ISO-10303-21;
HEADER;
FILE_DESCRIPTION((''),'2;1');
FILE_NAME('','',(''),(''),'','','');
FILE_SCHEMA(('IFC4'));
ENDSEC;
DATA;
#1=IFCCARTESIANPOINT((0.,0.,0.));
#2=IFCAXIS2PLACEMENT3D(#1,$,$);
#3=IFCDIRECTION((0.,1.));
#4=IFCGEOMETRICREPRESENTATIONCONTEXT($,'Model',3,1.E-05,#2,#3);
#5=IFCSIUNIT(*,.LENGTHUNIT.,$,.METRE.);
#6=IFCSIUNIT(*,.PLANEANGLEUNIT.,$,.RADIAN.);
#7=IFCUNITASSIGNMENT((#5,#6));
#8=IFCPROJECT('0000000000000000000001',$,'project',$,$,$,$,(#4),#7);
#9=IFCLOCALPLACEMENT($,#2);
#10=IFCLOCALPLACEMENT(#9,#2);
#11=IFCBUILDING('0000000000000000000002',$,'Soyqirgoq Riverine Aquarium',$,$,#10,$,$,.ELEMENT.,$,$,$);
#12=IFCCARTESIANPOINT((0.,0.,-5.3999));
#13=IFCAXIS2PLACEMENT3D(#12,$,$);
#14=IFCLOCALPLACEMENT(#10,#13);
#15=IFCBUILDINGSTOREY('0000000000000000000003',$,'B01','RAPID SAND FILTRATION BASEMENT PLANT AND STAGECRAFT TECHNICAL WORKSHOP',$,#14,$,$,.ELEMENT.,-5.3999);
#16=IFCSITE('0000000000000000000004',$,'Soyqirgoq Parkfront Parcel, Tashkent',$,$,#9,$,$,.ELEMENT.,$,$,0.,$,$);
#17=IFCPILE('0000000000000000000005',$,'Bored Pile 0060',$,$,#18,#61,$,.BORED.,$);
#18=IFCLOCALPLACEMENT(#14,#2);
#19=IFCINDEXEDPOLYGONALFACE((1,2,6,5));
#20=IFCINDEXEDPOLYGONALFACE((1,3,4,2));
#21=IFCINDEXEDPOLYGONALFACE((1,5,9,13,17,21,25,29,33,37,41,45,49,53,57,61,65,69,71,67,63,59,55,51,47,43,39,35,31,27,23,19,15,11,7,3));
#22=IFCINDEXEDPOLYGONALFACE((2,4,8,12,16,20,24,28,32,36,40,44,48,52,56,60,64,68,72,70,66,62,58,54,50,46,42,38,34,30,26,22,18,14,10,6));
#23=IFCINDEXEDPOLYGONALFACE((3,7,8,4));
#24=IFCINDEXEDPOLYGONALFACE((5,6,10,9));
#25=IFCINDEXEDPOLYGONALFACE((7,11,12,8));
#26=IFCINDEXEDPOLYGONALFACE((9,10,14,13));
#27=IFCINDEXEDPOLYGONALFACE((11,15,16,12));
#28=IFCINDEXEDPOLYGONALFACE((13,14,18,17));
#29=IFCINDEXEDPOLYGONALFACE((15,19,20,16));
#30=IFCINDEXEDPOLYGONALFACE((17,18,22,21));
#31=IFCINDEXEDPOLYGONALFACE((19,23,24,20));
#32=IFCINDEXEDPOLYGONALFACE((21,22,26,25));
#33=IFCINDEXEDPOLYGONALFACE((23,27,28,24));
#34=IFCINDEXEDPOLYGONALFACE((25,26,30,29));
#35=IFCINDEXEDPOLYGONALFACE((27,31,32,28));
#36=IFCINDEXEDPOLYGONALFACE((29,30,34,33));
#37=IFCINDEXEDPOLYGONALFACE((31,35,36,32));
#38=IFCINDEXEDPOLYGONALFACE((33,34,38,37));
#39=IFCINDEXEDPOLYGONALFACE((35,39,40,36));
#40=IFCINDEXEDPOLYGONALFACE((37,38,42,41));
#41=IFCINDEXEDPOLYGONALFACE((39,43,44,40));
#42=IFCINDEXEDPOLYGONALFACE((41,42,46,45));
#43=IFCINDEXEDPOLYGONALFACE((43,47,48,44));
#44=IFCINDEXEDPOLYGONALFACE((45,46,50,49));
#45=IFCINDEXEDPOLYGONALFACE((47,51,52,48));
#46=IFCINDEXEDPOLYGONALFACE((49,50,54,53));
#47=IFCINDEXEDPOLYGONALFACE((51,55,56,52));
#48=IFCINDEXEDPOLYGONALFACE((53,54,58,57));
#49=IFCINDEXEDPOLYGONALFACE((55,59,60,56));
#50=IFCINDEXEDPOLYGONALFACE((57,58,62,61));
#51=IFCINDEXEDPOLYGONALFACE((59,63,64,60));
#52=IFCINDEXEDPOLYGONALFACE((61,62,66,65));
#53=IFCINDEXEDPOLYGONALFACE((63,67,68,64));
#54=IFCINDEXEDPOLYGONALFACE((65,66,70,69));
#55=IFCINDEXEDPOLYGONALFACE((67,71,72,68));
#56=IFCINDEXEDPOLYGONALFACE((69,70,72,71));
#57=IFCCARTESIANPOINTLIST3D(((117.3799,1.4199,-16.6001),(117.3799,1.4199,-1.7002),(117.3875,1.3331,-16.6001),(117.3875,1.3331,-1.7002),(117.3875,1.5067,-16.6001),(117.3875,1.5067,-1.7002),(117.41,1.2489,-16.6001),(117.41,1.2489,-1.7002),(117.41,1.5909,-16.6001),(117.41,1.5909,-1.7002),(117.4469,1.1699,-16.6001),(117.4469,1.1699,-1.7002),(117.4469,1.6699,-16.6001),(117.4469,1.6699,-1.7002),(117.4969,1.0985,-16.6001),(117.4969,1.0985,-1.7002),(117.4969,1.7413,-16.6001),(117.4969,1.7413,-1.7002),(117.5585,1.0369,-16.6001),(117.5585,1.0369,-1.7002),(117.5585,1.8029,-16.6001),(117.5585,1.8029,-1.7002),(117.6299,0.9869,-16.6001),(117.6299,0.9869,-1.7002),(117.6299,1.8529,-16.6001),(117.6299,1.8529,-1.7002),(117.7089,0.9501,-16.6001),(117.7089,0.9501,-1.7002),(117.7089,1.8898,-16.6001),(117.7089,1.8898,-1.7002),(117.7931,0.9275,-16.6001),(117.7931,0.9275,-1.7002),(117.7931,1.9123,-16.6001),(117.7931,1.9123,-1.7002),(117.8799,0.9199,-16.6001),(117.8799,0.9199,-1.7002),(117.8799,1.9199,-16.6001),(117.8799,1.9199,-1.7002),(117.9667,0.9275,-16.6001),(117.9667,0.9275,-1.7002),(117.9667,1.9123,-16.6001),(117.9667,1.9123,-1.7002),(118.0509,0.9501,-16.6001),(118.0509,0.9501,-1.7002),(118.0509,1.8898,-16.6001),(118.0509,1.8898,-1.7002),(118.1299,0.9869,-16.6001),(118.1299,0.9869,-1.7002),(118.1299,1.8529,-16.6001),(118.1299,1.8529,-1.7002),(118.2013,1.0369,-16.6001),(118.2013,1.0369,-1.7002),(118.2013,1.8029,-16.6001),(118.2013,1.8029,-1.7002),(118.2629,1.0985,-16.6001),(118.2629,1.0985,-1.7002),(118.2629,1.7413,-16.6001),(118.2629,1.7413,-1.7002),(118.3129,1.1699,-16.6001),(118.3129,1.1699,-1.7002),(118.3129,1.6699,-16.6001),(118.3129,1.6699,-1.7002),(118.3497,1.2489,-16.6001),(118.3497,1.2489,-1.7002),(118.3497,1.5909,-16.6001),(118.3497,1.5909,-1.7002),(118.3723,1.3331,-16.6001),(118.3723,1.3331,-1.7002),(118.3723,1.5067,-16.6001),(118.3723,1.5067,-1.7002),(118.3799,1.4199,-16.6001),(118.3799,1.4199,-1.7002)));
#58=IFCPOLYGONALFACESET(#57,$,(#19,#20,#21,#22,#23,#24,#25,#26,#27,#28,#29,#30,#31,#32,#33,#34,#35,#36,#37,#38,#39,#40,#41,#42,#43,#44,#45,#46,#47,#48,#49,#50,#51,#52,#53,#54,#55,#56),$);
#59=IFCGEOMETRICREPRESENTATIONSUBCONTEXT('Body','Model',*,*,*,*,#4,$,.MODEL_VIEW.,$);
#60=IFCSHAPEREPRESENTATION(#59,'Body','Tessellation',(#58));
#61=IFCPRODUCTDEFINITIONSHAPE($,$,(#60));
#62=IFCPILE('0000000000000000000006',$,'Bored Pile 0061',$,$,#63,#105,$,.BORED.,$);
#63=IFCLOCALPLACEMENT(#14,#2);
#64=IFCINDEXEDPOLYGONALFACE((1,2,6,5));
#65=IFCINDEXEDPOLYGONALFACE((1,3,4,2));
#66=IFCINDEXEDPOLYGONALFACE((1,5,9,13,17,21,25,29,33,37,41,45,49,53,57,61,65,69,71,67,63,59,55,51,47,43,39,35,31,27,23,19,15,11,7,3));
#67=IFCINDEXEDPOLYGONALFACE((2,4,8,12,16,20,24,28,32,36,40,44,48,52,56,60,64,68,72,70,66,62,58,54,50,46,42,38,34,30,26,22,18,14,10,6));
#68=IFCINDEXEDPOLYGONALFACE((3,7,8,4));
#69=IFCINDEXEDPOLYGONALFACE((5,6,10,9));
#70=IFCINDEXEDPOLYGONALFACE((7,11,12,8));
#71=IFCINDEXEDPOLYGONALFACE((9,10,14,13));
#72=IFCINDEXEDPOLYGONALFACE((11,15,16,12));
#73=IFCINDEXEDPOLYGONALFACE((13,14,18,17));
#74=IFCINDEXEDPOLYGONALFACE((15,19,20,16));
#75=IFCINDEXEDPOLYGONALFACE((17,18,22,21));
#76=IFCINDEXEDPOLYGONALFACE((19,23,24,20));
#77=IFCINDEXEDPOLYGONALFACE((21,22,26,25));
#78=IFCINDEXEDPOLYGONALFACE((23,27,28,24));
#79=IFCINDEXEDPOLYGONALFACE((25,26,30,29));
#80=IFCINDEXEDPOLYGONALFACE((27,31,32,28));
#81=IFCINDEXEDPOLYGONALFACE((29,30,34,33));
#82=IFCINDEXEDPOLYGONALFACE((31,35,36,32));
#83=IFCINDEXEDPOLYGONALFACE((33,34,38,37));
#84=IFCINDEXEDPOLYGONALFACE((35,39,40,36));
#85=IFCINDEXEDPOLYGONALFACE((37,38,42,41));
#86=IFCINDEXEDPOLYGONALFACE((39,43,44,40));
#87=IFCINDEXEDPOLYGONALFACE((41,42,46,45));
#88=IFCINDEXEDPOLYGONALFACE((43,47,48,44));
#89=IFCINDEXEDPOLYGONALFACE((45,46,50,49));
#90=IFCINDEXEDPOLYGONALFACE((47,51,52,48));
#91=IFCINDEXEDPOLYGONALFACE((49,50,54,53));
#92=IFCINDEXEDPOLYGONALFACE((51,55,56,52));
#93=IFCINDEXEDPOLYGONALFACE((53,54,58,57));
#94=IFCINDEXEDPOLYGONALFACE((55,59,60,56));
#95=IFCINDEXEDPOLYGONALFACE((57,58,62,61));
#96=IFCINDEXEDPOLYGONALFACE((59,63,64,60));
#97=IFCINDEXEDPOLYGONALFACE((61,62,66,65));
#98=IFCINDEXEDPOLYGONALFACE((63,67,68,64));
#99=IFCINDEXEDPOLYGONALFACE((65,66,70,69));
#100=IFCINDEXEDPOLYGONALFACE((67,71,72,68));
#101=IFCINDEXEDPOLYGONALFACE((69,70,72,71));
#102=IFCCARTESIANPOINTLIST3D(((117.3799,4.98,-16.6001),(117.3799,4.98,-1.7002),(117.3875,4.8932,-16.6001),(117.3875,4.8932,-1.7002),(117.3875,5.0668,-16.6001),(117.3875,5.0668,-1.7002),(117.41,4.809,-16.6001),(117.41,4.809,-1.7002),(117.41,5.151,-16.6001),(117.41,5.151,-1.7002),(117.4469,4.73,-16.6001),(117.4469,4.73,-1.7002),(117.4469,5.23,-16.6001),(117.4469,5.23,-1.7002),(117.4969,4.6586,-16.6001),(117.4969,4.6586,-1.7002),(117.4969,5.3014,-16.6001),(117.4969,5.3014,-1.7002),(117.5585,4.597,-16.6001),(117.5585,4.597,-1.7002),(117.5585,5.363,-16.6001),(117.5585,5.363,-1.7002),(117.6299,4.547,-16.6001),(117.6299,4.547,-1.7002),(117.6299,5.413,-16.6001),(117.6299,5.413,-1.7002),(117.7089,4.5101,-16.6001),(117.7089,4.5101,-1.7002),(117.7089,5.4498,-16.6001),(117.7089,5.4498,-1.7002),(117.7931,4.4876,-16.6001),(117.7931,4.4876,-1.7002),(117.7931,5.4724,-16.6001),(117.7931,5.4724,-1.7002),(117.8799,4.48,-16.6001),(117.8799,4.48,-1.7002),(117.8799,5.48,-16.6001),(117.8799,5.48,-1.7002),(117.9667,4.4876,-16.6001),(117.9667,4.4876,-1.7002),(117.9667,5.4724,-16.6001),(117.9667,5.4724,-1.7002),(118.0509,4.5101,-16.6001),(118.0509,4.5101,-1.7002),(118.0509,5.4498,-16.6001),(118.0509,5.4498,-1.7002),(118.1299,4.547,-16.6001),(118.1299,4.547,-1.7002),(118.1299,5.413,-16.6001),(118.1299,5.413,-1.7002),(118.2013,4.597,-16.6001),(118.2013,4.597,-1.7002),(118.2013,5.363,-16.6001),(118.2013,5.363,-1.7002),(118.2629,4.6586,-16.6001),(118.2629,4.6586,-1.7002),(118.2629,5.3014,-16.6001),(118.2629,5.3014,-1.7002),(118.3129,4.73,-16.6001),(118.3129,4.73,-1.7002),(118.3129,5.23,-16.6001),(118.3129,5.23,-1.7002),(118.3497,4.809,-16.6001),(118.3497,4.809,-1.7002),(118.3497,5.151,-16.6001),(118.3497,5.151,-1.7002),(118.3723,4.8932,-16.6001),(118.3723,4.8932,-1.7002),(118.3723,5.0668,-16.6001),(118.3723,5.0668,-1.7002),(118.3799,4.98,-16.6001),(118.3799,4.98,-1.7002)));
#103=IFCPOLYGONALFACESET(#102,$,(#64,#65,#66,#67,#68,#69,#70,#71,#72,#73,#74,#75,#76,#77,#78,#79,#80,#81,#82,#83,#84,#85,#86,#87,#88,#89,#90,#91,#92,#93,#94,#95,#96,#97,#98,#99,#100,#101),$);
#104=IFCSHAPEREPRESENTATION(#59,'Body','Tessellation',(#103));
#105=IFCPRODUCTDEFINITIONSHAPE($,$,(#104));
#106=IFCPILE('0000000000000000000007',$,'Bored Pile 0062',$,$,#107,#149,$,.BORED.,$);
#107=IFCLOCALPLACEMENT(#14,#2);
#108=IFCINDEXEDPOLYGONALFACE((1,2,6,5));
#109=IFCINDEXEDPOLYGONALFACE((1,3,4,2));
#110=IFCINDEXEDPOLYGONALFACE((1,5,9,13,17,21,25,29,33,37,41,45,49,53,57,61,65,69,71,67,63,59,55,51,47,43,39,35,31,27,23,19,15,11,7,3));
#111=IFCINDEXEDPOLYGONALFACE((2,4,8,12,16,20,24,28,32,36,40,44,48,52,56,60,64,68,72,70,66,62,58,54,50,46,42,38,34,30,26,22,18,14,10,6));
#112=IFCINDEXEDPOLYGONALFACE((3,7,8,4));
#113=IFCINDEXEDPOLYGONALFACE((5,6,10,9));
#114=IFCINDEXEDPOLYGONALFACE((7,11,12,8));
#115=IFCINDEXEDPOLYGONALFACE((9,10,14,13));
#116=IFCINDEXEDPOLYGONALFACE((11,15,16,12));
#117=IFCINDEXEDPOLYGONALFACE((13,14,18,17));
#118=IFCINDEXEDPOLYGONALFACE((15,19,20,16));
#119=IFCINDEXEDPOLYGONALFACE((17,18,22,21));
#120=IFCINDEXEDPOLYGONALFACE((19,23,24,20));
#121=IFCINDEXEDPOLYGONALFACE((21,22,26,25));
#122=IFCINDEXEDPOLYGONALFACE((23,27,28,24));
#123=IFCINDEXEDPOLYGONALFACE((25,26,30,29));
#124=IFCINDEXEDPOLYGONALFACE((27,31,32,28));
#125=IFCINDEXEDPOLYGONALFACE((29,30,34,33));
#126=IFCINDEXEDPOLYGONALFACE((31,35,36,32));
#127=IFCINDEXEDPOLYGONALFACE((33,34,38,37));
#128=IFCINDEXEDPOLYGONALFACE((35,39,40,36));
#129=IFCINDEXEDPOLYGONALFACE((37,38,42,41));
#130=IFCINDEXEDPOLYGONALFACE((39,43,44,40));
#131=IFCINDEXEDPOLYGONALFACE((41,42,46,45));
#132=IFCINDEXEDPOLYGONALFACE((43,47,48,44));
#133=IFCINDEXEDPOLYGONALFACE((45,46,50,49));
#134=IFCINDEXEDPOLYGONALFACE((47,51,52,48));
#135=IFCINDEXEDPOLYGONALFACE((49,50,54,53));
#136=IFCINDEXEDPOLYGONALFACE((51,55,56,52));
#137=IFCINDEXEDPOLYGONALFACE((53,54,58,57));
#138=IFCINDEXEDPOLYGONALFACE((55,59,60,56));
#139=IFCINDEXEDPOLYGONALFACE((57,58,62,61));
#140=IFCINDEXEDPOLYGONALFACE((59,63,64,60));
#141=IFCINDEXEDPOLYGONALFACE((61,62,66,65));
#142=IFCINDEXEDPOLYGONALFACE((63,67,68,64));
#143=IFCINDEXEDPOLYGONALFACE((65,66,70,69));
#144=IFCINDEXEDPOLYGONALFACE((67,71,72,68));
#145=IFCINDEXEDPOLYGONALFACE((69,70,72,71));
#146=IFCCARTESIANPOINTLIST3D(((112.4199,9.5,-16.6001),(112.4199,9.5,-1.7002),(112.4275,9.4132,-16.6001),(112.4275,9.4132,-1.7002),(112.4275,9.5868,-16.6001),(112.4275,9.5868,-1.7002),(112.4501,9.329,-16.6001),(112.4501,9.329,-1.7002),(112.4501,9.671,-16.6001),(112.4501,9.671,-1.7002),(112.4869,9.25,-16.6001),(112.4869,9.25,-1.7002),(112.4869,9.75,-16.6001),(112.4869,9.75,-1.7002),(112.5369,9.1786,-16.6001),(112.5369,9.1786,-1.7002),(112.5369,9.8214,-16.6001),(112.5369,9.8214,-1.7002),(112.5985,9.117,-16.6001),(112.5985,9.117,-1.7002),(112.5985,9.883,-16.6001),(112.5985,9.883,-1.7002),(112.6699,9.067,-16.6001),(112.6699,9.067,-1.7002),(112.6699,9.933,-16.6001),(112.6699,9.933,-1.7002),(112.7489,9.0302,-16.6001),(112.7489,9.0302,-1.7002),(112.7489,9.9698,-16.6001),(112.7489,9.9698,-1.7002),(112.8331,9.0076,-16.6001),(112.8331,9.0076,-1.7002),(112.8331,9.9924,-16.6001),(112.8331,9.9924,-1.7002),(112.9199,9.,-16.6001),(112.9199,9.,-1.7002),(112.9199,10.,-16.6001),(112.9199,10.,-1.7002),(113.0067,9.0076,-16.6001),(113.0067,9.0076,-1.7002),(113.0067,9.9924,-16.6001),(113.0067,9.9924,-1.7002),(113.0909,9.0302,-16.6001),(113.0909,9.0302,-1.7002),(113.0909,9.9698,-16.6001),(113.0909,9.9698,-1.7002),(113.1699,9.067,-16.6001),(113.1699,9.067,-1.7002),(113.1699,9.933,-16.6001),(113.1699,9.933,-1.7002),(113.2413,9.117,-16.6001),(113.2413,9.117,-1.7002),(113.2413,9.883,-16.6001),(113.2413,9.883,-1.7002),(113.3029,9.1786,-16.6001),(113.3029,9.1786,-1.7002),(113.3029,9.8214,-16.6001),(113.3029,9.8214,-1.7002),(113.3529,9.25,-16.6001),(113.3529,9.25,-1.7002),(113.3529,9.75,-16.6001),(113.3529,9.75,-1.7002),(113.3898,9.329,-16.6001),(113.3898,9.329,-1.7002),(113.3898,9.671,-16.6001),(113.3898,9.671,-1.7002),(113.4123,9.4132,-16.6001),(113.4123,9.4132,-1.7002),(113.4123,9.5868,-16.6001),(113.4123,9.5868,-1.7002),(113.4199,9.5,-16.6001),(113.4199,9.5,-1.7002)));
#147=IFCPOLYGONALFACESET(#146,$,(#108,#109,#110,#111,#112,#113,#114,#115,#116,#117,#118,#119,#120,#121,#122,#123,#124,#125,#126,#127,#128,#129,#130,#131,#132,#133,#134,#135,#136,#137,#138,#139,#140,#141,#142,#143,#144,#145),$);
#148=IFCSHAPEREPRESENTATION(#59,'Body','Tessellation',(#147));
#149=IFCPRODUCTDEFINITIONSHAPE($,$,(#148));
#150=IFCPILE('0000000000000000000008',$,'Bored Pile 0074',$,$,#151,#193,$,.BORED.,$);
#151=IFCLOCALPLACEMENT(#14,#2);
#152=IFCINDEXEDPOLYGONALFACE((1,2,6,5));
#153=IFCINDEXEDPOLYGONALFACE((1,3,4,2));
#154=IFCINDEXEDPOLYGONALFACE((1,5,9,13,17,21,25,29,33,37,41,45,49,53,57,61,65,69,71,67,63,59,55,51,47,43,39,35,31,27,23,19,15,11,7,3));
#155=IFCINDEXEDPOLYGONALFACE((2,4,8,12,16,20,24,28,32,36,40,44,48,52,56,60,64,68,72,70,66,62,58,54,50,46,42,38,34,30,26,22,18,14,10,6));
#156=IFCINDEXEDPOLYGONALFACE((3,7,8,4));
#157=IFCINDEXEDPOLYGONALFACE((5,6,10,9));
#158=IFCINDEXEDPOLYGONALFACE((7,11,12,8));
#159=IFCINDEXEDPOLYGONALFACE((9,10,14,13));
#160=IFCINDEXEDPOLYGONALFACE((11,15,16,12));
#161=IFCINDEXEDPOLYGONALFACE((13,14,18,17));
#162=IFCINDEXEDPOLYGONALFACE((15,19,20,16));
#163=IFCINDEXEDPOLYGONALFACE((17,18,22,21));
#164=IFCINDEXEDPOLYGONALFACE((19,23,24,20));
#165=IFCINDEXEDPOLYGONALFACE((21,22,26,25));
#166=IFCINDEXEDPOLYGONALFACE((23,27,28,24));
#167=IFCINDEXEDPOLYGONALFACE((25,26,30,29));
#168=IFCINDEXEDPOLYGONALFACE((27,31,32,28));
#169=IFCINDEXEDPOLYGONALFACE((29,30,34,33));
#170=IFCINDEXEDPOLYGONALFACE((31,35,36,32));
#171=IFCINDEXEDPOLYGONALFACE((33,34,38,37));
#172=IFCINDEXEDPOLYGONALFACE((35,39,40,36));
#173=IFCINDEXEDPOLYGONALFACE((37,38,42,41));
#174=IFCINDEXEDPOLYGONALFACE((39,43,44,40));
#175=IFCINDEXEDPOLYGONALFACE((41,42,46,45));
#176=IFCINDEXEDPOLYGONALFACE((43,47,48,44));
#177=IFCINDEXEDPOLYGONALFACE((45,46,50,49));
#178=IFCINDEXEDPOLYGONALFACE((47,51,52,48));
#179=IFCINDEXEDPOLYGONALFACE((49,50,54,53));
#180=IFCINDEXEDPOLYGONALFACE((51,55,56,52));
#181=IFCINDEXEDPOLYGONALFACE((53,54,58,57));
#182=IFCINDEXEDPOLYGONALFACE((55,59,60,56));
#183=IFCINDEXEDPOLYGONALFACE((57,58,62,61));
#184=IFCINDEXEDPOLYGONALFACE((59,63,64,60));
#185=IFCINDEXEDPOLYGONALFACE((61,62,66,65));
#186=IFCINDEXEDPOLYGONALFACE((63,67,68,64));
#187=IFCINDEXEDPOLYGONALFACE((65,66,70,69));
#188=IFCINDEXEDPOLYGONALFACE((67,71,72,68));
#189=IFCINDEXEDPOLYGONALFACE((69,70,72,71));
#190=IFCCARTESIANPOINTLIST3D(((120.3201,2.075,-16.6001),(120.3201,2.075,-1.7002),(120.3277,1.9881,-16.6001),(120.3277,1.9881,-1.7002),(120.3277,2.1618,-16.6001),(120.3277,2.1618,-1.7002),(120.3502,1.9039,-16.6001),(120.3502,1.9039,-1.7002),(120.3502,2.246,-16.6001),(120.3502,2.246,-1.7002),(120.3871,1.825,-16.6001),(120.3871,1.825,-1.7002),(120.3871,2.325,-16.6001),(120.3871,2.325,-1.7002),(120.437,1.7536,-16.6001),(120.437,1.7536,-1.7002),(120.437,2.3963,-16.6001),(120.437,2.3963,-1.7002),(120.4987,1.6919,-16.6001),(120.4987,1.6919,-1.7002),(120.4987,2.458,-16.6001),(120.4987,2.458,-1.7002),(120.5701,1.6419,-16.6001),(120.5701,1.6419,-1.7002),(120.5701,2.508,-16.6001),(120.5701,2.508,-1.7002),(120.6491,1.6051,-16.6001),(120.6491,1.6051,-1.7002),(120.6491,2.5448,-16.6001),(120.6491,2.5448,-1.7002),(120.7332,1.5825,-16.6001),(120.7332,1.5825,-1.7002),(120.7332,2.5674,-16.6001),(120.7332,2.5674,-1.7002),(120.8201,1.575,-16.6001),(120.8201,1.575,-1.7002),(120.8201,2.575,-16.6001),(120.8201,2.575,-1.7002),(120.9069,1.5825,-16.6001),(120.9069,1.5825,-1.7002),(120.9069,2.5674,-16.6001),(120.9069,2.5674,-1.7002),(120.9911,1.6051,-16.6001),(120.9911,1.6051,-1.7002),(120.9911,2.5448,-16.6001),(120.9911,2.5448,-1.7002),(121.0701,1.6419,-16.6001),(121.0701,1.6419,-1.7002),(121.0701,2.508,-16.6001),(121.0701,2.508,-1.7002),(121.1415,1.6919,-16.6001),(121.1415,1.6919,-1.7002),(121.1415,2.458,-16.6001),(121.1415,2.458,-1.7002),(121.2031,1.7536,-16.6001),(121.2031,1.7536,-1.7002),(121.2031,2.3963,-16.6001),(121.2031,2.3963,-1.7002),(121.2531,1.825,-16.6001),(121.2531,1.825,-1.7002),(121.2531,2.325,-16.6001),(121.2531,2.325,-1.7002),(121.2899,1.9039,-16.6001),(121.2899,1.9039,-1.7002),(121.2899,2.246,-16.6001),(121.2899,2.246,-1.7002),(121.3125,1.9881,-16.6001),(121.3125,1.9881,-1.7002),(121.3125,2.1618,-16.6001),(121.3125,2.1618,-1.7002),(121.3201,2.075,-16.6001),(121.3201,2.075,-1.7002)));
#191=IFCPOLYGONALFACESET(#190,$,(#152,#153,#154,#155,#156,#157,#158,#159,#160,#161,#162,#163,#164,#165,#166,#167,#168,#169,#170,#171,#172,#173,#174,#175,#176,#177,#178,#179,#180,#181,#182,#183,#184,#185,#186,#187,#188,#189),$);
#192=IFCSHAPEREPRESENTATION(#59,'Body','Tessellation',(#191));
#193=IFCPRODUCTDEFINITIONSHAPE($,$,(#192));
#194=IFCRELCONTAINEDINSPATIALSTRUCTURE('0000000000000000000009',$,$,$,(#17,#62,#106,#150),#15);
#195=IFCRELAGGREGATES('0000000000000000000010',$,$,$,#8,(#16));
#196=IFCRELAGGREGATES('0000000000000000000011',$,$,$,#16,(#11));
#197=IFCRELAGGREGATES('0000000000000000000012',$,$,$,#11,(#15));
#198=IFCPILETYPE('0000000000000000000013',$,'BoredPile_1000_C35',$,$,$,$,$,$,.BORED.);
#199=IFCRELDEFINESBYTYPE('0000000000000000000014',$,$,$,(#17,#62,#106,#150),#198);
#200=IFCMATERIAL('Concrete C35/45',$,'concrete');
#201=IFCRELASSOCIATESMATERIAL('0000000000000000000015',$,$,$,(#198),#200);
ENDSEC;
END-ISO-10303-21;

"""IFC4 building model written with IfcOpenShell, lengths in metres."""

from ifc_helpers import new_model, si_unit, direction, frame, origin, origin_2d, place, context, subcontext, project, spatial, circle, extrude, material, material_profile, profile_set, type_object, element, save


model = new_model("IFC4")

# Units and contexts
model_context = context("Model", 3, precision=1e-05, world=origin(), true_north=direction((0.0, 1.0)))
body_context = subcontext(model_context, "Body", "Model", "MODEL_VIEW")
ifc_project = project(units=[si_unit("LENGTHUNIT", "METRE"), si_unit("PLANEANGLEUNIT", "RADIAN")], contexts=[model_context])

# Site, building, storey
site_placement = place(None, origin())
site = spatial("IfcSite", under=ifc_project, at=site_placement, Name="Soyqirgoq Parkfront Parcel, Tashkent", CompositionType="ELEMENT", RefElevation=0.0)
building_placement = place(site_placement, origin())
building = spatial("IfcBuilding", under=site, at=building_placement, Name="Soyqirgoq Riverine Aquarium", CompositionType="ELEMENT")
storey_placement = place(building_placement, frame((0.0, 0.0, -5.3999)))
storey = spatial("IfcBuildingStorey", under=building, at=storey_placement, Name="B01", Description="RAPID SAND FILTRATION BASEMENT PLANT AND STAGECRAFT TECHNICAL WORKSHOP", CompositionType="ELEMENT", Elevation=-5.3999)

# Piles
ifc_material_1 = material(Name="Concrete C35/45", Category="concrete")
ifc_material_profile_1 = material_profile(ifc_material_1, circle(Radius=0.5, at=origin_2d()), Name="BP D1000")
ifc_profile_set_1 = profile_set([ifc_material_profile_1], Name="Concrete C35/45")
pile_type_1 = type_object("IfcPileType", Name="BoredPile_1000_C35", PredefinedType="BORED", material=ifc_profile_set_1)
for number, where, z_axis, x_axis, name in (
    (1, (117.8799, 1.4199, -1.7002), (0.0, 0.0, -1.0), (1.0, 0.0, 0.0), "Bored Pile 0060"),
    (2, (117.8799, 4.98, -1.7002), (0.0, 0.0, -1.0), (1.0, 0.0, 0.0), "Bored Pile 0061"),
    (3, (112.9199, 9.5, -1.7002), (0.0, 0.0, -1.0), (1.0, 0.0, 0.0), "Bored Pile 0062"),
    (4, (120.8201, 2.075, -1.7002), (0.0, 0.0, -1.0), (1.0, 0.0, 0.0), "Bored Pile 0074"),
):
    element("IfcPile", number, at=place(storey_placement, frame(where, z_axis=z_axis, x_axis=x_axis)), inside=storey, type_object=pile_type_1, Name=name, PredefinedType="BORED", context=body_context, shape_type="SweptSolid", body=[
        extrude(circle(Radius=0.5, at=origin_2d()), origin(), (0.0, 0.0, 1.0), 14.8999),
    ])

save(model, "model.ifc")
